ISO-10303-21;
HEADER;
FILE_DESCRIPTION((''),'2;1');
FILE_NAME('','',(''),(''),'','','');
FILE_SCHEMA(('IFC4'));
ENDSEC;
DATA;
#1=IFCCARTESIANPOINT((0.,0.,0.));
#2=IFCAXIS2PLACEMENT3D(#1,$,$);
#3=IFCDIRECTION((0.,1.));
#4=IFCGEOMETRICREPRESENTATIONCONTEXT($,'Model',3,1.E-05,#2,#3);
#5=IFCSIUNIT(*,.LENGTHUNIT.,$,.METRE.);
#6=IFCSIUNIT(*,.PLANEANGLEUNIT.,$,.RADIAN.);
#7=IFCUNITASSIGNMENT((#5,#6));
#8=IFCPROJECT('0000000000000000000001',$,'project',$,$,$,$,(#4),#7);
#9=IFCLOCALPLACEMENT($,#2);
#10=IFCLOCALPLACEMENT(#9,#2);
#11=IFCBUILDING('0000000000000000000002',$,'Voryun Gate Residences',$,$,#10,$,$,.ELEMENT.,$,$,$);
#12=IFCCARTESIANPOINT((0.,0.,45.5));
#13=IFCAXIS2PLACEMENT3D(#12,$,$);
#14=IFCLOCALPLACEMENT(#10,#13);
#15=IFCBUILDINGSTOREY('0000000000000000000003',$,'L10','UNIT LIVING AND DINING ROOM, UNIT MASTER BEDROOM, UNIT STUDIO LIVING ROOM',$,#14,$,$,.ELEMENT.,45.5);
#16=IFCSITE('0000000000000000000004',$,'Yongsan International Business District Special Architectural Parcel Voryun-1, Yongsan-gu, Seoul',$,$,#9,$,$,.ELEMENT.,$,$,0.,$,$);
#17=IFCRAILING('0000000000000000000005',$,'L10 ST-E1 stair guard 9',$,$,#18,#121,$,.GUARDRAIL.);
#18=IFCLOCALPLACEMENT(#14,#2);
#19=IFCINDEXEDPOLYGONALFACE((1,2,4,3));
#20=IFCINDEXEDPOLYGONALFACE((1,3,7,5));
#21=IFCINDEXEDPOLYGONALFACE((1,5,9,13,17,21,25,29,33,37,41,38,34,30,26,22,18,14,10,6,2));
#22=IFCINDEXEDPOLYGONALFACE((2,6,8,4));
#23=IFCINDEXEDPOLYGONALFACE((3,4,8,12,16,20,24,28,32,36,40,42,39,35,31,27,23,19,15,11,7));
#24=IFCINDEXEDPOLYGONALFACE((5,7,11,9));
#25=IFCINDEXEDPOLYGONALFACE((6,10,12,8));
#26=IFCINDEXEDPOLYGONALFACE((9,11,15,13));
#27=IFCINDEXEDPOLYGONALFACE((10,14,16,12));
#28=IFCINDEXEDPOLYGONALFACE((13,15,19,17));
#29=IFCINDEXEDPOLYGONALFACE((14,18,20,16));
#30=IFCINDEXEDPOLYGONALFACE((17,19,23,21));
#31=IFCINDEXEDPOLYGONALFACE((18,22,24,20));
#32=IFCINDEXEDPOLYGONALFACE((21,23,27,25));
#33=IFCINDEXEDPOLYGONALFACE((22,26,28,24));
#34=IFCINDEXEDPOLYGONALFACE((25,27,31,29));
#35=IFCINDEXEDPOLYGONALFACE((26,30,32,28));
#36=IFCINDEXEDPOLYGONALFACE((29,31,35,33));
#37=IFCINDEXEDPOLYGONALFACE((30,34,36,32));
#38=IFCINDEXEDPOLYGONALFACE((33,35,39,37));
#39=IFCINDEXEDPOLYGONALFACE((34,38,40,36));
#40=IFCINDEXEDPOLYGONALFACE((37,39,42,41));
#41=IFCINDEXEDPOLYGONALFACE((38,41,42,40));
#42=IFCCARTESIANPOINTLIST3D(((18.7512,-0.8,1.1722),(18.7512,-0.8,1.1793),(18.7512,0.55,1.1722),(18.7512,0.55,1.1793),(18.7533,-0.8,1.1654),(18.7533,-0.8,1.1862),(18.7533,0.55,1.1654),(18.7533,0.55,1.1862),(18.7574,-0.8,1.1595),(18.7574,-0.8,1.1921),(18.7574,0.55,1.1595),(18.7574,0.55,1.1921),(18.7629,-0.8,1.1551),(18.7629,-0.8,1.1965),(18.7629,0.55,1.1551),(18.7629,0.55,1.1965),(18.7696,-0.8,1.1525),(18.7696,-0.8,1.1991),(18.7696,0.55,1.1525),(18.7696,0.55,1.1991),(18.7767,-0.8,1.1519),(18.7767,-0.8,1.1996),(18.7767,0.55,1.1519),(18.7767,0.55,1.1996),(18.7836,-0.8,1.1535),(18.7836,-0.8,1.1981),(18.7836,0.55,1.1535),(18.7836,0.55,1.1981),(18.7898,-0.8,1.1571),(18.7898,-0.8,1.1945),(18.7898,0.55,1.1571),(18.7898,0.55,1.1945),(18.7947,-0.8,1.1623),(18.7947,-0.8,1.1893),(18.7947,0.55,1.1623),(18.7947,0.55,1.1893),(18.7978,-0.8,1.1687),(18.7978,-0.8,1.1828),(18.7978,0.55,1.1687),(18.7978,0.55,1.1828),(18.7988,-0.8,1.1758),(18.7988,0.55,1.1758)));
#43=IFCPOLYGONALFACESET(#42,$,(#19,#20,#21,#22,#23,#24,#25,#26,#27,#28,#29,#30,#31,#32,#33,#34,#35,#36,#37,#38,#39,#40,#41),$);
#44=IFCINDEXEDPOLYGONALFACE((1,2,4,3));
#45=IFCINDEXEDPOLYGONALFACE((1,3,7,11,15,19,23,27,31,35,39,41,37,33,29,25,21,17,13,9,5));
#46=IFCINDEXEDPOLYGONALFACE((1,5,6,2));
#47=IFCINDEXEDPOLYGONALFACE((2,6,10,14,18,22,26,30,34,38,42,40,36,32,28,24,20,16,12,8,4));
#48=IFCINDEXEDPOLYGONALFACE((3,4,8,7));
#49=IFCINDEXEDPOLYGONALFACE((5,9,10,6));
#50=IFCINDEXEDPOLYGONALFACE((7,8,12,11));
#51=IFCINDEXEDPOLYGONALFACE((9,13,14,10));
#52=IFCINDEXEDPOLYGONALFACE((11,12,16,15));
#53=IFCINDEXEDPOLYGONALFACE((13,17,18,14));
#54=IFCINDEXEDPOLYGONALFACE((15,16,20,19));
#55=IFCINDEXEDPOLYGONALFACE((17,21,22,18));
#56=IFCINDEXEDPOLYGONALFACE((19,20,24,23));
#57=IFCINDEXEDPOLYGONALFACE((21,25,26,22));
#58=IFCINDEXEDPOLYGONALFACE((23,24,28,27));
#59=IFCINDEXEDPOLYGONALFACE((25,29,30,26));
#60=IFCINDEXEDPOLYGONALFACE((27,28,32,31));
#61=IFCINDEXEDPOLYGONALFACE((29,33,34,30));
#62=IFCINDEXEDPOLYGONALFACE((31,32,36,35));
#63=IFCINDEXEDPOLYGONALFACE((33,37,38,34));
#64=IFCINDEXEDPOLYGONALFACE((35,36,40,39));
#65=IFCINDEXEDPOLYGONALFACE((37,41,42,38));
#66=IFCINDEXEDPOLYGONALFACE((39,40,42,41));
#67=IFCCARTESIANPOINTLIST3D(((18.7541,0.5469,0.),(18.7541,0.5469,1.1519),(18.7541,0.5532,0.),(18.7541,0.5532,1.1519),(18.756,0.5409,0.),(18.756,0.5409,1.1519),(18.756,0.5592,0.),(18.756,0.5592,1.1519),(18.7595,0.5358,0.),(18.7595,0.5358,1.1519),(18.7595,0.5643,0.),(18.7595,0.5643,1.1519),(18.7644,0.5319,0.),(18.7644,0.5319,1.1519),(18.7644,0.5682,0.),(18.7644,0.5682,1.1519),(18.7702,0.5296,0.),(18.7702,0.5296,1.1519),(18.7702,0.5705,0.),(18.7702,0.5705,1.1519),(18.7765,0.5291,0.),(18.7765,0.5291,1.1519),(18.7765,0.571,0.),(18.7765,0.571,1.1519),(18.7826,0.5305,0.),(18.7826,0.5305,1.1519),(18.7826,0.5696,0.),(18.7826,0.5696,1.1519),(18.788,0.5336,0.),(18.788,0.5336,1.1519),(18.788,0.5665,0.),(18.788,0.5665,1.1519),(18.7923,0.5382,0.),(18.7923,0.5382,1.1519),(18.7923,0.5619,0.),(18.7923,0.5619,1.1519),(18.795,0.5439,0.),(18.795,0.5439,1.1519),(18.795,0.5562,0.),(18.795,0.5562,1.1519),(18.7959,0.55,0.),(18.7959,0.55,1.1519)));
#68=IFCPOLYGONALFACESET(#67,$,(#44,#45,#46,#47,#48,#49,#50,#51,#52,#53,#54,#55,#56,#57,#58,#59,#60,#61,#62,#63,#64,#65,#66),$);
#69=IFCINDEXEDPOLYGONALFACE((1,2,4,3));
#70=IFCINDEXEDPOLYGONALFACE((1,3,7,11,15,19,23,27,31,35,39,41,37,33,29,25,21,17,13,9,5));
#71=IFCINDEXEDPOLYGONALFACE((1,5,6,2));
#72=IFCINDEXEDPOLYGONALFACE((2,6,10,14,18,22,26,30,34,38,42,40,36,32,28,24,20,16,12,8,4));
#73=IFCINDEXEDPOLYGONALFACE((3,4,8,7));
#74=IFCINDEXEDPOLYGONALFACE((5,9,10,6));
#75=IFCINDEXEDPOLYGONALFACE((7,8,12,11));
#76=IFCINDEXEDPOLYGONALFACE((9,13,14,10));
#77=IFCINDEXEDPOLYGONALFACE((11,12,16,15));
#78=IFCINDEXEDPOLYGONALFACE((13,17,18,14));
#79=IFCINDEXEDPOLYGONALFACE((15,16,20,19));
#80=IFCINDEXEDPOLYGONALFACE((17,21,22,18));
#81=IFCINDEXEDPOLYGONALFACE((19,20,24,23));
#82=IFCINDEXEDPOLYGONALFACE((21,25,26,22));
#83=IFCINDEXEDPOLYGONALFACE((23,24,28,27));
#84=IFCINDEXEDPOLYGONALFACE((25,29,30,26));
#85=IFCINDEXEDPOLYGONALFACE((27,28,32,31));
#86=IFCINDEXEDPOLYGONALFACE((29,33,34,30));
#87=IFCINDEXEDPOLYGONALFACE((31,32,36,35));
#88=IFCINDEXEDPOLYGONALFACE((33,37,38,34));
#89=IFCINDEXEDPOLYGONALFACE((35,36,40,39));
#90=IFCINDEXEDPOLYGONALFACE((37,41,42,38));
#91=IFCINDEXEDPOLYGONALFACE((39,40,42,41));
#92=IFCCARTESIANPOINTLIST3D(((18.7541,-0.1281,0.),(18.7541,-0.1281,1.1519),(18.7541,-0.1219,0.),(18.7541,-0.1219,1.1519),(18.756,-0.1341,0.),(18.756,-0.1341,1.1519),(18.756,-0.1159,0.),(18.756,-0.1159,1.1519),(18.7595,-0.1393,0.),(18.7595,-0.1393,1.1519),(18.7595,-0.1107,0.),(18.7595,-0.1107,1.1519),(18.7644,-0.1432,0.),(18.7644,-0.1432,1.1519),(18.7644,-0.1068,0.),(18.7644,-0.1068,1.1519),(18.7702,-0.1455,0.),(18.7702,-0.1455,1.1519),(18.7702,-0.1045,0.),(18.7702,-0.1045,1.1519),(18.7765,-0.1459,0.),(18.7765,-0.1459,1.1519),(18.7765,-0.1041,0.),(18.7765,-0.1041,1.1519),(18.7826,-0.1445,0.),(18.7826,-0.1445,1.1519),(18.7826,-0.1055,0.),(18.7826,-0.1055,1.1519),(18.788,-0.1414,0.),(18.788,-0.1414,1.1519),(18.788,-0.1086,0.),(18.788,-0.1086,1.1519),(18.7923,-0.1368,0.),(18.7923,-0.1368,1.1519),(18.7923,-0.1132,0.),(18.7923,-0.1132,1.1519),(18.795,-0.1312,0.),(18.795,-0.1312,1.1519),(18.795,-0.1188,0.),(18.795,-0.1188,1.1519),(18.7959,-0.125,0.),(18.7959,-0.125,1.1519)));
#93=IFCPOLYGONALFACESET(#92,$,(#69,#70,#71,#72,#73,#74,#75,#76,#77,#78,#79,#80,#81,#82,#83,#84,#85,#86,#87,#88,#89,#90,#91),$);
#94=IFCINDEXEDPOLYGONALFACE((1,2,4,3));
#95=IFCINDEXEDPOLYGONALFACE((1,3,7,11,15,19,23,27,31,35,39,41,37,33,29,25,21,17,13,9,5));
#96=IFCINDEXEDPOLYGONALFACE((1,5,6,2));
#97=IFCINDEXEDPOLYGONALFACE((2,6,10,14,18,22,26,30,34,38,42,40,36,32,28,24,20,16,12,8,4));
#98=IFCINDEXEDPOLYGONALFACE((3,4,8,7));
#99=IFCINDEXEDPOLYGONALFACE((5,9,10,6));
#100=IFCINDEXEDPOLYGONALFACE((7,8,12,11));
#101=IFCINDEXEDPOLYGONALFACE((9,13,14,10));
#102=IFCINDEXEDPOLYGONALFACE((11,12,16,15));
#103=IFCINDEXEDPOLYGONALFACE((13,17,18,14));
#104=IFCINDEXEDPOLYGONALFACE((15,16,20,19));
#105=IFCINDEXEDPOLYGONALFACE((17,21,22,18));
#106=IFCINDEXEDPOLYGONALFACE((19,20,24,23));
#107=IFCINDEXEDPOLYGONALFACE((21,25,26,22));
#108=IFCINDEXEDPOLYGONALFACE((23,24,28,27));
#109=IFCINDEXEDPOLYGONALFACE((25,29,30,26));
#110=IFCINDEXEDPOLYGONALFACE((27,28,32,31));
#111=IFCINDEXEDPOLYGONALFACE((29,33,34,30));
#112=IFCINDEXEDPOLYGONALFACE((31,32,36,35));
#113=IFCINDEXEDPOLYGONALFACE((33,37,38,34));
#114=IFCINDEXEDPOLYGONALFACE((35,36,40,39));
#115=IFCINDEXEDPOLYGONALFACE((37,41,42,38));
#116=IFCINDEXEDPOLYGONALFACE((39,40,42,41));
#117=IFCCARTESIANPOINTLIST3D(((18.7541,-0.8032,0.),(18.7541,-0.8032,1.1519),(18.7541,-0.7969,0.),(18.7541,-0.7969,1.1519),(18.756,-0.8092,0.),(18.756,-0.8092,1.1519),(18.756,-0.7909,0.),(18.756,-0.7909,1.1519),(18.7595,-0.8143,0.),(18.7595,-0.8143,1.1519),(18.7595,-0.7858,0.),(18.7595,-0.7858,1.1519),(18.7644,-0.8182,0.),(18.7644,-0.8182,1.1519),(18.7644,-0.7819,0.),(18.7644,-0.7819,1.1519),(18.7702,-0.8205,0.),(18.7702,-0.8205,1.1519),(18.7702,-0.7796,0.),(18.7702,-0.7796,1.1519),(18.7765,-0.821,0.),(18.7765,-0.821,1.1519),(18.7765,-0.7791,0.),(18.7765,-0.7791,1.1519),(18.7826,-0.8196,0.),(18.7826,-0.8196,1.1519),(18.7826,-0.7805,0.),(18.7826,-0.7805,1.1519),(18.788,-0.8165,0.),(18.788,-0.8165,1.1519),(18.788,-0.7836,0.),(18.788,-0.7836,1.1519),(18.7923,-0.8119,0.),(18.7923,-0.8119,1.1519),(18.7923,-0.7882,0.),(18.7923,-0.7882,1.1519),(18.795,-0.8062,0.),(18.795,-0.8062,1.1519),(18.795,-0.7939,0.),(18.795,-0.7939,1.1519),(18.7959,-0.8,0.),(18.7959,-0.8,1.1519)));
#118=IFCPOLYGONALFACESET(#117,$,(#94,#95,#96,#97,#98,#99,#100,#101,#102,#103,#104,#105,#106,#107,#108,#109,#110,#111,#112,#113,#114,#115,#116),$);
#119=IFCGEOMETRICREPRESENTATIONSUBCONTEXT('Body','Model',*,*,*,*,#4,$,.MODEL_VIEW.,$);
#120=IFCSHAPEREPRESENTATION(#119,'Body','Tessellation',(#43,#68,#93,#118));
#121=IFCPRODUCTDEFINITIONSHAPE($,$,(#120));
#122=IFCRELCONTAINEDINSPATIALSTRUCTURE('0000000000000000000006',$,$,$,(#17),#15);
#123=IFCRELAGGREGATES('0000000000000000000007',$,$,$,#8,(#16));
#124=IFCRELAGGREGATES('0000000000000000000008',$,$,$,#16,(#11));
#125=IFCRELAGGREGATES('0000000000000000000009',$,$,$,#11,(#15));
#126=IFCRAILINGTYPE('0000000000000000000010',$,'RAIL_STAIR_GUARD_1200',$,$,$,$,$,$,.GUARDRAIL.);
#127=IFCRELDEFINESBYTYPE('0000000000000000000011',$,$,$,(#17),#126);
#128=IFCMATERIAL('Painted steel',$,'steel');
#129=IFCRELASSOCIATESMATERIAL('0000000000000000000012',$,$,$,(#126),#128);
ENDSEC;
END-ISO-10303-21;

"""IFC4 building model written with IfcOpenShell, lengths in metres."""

from ifc_helpers import new_model, si_unit, direction, frame, origin, origin_2d, place, context, subcontext, project, spatial, circle, extrude, material, type_object, element, save


model = new_model("IFC4")

# Units and contexts
model_context = context("Model", 3, precision=1e-05, world=origin(), true_north=direction((0.0, 1.0)))
body_context = subcontext(model_context, "Body", "Model", "MODEL_VIEW")
ifc_project = project(units=[si_unit("LENGTHUNIT", "METRE"), si_unit("PLANEANGLEUNIT", "RADIAN")], contexts=[model_context])

# Site, building, storey
site_placement = place(None, origin())
site = spatial("IfcSite", under=ifc_project, at=site_placement, Name="Yongsan International Business District Special Architectural Parcel Voryun-1, Yongsan-gu, Seoul", CompositionType="ELEMENT", RefElevation=0.0)
building_placement = place(site_placement, origin())
building = spatial("IfcBuilding", under=site, at=building_placement, Name="Voryun Gate Residences", CompositionType="ELEMENT")
storey_placement = place(building_placement, frame((0.0, 0.0, 45.5)))
storey = spatial("IfcBuildingStorey", under=building, at=storey_placement, Name="L10", Description="UNIT LIVING AND DINING ROOM, UNIT MASTER BEDROOM, UNIT STUDIO LIVING ROOM", CompositionType="ELEMENT", Elevation=45.5)

# Railing
ifc_material_1 = material(Name="Painted steel", Category="steel")
railing_type = type_object("IfcRailingType", Name="RAIL_STAIR_GUARD_1200", PredefinedType="GUARDRAIL", material=ifc_material_1)
for number, where, name in (
    (1, (18.7749, 0.55, 0.0), "L10 ST-E1 stair guard 9"),
):
    element("IfcRailing", number, at=place(storey_placement, frame(where)), inside=storey, type_object=railing_type, Name=name, PredefinedType="GUARDRAIL", context=body_context, shape_type="SweptSolid", body=[
        extrude(circle(Radius=0.0239, at=origin_2d()), frame((0.0, 0.0, 1.1758), z_axis=(0.0, -1.0, 0.0), x_axis=(1.0, 0.0, 0.0)), (0.0, 0.0, 1.0), 1.3501),
        extrude(circle(Radius=0.021, at=origin_2d()), origin(), (0.0, 0.0, 1.0), 1.1519),
        extrude(circle(Radius=0.021, at=origin_2d()), frame((0.0, -0.675, 0.0)), (0.0, 0.0, 1.0), 1.1519),
        extrude(circle(Radius=0.021, at=origin_2d()), frame((0.0, -1.3501, 0.0)), (0.0, 0.0, 1.0), 1.1519),
    ])

save(model, "model.ifc")
